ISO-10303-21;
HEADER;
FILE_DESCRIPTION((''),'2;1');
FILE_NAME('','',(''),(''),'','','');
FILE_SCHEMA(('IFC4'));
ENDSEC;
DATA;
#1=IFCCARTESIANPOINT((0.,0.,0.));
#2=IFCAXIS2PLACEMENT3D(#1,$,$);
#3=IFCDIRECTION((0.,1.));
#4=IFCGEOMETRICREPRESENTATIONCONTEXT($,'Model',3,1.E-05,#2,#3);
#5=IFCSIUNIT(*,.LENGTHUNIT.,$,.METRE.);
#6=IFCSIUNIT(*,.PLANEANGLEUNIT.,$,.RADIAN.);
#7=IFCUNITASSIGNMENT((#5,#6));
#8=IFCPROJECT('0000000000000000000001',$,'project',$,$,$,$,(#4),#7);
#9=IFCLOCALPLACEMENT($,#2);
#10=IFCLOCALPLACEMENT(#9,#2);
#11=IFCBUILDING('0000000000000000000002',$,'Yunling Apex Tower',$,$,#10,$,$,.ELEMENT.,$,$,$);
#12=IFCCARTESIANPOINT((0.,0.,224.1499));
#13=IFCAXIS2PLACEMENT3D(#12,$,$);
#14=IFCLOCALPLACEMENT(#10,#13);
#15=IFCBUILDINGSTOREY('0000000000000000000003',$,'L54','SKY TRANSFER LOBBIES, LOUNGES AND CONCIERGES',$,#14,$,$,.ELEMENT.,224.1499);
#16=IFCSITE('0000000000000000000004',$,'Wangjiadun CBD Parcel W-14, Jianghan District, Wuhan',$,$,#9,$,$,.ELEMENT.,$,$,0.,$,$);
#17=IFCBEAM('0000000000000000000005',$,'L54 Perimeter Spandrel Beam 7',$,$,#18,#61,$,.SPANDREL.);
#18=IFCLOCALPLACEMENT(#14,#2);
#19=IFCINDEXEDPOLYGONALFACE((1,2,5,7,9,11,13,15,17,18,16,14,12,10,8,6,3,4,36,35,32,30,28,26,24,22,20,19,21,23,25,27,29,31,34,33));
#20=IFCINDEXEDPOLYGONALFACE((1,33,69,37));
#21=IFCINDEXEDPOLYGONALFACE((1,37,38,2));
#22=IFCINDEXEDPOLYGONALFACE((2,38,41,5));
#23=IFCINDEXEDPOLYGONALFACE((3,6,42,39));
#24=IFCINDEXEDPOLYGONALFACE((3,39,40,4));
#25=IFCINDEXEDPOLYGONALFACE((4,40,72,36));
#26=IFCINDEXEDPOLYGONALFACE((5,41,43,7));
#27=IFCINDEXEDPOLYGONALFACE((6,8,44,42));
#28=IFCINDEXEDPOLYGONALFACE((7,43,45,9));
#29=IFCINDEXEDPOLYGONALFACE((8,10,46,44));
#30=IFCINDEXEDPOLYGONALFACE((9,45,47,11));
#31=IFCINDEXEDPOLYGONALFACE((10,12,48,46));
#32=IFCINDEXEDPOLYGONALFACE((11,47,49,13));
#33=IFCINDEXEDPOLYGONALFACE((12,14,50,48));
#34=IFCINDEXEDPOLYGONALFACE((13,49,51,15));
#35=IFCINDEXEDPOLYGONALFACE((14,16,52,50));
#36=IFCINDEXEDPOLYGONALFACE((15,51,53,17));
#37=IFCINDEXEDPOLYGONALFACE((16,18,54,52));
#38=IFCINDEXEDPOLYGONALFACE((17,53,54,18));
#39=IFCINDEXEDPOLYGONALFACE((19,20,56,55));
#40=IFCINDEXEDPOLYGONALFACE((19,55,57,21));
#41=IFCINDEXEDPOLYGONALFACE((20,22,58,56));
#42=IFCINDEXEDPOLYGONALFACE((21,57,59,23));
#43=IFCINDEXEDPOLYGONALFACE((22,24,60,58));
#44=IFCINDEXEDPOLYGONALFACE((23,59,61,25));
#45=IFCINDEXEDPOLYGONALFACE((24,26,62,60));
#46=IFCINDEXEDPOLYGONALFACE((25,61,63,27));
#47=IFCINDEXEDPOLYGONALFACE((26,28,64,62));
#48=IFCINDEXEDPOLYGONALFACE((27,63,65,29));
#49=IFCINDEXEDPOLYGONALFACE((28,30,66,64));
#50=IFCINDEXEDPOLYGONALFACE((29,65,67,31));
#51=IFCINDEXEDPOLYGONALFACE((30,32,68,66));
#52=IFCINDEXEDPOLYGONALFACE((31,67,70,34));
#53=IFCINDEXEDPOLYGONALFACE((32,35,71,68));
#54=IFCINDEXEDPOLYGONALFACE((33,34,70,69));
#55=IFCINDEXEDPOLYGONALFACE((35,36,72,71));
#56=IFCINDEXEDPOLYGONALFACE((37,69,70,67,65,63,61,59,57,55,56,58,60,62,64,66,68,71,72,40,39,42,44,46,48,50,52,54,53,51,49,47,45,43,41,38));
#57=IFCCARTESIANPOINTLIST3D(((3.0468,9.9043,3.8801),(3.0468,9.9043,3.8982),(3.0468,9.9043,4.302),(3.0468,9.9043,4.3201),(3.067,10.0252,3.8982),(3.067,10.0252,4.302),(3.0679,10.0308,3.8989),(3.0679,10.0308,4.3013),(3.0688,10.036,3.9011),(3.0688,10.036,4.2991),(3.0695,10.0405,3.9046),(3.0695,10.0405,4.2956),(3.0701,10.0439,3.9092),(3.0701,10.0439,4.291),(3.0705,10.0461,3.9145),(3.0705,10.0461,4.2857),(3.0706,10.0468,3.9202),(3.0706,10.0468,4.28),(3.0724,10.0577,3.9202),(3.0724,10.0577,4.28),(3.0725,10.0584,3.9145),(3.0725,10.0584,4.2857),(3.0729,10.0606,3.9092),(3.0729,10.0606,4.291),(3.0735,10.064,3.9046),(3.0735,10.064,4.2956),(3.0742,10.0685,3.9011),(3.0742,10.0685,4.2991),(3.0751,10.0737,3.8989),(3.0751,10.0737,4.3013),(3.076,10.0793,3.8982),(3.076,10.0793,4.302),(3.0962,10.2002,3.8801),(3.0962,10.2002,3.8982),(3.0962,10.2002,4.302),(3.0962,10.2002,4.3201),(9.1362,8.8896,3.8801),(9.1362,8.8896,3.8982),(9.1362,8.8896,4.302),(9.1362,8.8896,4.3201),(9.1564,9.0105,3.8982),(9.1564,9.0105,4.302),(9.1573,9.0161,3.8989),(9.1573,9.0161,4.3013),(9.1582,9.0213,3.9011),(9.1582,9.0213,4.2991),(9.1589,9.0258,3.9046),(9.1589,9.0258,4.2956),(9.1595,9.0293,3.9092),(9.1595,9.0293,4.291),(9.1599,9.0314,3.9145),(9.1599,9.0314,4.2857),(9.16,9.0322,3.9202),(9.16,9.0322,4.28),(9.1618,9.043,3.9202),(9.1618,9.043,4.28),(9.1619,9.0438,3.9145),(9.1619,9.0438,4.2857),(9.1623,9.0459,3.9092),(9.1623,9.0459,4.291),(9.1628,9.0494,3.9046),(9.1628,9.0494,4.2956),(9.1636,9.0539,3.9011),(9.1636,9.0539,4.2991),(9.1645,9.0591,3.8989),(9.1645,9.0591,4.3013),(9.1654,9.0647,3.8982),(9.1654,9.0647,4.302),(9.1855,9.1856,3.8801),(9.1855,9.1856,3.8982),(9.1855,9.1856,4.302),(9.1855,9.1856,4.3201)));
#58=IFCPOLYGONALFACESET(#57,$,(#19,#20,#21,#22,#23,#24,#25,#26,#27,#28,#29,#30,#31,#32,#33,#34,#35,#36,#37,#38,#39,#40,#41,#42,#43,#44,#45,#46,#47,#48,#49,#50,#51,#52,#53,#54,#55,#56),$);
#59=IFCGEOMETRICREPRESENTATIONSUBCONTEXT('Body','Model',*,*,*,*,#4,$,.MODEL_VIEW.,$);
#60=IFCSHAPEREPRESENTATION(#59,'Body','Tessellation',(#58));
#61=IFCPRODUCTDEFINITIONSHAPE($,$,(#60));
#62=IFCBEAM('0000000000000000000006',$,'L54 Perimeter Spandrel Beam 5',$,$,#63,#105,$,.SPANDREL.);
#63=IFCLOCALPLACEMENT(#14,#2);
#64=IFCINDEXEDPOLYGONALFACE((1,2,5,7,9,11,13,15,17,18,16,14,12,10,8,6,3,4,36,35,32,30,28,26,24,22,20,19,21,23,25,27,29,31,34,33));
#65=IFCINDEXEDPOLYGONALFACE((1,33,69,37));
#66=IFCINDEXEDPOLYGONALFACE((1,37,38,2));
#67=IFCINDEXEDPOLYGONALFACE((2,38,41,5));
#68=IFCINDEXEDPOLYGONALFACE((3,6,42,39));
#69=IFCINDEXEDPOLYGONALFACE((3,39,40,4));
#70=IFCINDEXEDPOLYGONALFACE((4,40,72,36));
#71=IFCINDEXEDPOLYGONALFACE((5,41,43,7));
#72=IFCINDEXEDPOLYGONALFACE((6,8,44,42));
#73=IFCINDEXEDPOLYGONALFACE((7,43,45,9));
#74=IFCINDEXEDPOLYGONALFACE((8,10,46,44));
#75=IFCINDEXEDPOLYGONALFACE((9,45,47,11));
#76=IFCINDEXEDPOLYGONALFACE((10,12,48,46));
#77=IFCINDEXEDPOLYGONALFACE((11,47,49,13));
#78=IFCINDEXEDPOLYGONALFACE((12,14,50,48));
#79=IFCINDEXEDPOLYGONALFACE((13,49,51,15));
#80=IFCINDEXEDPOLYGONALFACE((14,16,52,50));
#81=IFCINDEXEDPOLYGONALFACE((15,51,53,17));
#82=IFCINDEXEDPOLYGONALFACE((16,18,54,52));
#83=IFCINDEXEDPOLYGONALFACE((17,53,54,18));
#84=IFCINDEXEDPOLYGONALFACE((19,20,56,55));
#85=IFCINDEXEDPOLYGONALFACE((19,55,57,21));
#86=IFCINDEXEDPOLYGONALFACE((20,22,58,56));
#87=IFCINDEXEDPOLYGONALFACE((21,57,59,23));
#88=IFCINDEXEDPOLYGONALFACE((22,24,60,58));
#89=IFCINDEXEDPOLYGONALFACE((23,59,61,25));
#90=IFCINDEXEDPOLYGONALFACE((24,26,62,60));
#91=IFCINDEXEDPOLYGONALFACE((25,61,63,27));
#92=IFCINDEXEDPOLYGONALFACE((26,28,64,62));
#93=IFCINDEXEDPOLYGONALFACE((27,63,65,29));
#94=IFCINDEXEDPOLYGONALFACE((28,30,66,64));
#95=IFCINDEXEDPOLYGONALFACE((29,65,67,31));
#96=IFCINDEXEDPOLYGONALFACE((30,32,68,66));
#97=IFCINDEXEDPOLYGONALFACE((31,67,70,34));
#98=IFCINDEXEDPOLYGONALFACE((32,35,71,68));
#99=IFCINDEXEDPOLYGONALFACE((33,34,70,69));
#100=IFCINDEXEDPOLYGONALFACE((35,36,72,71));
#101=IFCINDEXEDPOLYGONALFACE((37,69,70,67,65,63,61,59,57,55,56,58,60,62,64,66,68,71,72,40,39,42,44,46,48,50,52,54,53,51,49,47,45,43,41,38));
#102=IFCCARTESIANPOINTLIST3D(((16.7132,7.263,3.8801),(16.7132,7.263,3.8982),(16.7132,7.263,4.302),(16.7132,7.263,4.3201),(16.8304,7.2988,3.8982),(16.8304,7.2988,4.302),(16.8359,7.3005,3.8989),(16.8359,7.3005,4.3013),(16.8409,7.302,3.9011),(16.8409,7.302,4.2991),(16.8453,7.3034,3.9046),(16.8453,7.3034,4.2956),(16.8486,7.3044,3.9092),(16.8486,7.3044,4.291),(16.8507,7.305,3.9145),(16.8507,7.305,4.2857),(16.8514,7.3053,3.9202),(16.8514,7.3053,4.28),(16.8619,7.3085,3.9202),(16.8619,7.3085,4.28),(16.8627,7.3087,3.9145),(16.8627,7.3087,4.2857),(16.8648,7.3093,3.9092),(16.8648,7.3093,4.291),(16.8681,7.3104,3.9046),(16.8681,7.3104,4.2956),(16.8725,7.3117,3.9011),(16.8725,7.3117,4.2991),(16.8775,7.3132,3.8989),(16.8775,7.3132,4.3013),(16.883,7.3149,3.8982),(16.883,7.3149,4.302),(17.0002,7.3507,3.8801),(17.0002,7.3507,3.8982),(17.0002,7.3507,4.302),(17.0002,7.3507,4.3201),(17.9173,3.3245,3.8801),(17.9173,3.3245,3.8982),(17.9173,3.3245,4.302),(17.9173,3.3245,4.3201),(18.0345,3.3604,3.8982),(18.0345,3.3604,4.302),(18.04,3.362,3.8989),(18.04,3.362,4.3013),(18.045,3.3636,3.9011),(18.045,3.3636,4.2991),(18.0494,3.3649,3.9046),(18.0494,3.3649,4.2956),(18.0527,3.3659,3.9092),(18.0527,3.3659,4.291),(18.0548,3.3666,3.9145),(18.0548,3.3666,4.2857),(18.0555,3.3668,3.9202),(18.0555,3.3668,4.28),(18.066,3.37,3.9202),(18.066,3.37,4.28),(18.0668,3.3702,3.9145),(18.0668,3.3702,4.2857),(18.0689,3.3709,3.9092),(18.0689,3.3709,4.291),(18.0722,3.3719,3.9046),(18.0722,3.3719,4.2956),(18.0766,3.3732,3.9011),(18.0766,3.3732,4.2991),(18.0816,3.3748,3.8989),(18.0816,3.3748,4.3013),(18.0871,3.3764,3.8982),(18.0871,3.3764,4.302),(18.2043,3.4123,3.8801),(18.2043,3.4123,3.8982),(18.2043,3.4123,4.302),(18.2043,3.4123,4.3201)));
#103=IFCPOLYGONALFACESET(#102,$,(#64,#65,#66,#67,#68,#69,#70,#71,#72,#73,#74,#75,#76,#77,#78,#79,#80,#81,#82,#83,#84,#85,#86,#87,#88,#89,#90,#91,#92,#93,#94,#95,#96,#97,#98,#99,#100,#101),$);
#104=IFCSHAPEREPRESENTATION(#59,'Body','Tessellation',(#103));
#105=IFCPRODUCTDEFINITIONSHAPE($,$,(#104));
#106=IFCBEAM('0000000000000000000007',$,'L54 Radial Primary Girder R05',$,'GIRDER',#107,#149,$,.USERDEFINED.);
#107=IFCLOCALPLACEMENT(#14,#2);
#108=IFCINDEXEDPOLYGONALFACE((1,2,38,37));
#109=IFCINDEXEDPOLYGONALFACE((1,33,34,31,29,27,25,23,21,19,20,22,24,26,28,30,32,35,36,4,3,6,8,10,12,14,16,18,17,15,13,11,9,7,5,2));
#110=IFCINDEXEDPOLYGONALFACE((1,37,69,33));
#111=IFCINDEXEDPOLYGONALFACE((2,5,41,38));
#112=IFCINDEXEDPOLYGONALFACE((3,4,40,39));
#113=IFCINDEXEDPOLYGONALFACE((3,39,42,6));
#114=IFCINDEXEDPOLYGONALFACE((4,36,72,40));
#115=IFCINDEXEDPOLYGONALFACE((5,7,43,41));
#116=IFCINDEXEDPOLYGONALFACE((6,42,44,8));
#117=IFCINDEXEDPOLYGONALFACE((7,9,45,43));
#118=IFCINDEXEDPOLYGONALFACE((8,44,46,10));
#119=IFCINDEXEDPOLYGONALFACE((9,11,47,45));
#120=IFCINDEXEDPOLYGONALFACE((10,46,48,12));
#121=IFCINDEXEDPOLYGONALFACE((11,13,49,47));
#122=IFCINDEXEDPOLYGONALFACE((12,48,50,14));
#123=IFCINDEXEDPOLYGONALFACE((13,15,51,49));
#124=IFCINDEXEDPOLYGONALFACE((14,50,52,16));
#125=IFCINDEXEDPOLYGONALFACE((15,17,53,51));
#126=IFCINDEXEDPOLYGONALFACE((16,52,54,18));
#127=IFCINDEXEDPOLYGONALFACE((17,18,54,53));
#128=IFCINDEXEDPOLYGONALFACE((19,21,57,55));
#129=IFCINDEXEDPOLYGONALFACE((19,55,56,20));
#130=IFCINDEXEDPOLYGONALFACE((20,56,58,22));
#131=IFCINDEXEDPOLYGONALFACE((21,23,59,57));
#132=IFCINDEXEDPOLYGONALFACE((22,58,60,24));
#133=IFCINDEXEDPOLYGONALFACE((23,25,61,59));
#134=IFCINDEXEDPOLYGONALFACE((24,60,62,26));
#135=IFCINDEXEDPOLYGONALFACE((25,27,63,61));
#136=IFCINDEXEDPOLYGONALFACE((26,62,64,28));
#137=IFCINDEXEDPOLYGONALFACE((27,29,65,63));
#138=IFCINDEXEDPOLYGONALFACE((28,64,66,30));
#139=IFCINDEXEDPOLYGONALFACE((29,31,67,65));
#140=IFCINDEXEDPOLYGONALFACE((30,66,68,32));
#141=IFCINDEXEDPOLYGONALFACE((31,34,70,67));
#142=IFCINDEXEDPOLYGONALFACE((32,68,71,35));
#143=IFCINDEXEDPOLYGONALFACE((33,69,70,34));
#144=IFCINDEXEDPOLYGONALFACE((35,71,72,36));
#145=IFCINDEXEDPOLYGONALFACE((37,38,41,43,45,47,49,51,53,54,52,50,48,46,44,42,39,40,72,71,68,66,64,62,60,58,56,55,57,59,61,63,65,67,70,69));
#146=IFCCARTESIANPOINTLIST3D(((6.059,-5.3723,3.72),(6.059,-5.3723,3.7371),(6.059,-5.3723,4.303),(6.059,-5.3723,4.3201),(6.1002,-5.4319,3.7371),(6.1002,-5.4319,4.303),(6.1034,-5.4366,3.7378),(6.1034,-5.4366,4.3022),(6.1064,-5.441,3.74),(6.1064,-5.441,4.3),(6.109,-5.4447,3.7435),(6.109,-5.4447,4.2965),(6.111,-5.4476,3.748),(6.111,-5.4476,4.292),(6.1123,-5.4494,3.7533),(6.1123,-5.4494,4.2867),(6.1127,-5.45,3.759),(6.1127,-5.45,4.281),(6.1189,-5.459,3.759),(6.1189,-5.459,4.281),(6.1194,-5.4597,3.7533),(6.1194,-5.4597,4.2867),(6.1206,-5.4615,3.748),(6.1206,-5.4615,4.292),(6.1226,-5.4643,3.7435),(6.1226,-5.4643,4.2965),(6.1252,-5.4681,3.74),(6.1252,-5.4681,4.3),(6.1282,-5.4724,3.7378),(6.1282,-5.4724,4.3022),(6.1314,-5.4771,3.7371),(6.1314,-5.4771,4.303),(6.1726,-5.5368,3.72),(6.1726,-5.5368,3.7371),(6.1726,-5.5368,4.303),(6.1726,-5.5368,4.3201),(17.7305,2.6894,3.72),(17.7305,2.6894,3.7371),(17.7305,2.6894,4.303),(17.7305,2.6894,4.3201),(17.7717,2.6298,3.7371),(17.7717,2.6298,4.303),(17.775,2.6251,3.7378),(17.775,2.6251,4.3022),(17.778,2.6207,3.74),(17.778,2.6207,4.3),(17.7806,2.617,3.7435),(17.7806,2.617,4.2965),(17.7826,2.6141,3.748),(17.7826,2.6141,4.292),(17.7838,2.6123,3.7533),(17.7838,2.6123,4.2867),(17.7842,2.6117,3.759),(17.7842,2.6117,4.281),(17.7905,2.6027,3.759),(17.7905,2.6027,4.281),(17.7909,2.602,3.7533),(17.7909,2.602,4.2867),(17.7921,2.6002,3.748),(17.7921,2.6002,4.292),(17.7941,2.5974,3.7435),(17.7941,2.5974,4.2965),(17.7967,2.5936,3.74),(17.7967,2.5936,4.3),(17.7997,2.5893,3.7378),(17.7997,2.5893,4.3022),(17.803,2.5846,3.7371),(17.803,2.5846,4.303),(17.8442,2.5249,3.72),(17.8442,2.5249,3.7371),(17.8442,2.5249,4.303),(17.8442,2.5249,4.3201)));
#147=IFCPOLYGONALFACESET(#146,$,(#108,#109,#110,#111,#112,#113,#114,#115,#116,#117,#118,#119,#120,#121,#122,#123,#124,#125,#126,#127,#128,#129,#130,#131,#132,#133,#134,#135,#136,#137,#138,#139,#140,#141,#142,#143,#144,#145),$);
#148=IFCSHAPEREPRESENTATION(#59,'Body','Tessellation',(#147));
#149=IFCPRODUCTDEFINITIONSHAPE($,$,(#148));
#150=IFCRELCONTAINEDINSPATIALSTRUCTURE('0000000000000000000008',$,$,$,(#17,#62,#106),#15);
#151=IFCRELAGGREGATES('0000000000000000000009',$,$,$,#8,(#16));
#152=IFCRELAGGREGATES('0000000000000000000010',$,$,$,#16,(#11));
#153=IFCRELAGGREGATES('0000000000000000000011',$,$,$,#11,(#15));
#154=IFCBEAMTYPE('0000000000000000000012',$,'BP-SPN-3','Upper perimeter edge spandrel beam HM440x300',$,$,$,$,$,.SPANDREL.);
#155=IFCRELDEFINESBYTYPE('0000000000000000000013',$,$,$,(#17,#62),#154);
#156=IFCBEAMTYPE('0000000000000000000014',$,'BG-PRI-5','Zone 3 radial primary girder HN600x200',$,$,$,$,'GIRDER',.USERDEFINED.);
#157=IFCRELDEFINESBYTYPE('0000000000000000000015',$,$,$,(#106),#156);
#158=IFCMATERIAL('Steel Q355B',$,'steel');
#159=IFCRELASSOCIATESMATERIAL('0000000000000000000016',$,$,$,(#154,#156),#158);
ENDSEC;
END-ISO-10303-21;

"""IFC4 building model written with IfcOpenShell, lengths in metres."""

from ifc_helpers import new_model, si_unit, direction, frame, origin, origin_2d, place, context, subcontext, project, spatial, i_section, extrude, source, transform, mapped, material, material_profile, profile_set, type_object, element, save


model = new_model("IFC4")

# Units and contexts
model_context = context("Model", 3, precision=1e-05, world=origin(), true_north=direction((0.0, 1.0)))
body_context = subcontext(model_context, "Body", "Model", "MODEL_VIEW")
ifc_project = project(units=[si_unit("LENGTHUNIT", "METRE"), si_unit("PLANEANGLEUNIT", "RADIAN")], contexts=[model_context])

# Site, building, storey
site_placement = place(None, origin())
site = spatial("IfcSite", under=ifc_project, at=site_placement, Name="Wangjiadun CBD Parcel W-14, Jianghan District, Wuhan", CompositionType="ELEMENT", RefElevation=0.0)
building_placement = place(site_placement, origin())
building = spatial("IfcBuilding", under=site, at=building_placement, Name="Yunling Apex Tower", CompositionType="ELEMENT")
storey_placement = place(building_placement, frame((0.0, 0.0, 224.1499)))
storey = spatial("IfcBuildingStorey", under=building, at=storey_placement, Name="L54", Description="SKY TRANSFER LOBBIES, LOUNGES AND CONCIERGES", CompositionType="ELEMENT", Elevation=224.1499)

# Beams
ifc_material_1 = material(Name="Steel Q355B", Category="steel")
ifc_material_profile_1 = material_profile(ifc_material_1, i_section(OverallWidth=0.3, OverallDepth=0.4399, WebThickness=0.011, FlangeThickness=0.0181, FilletRadius=0.022, at=origin_2d()))
ifc_profile_set_1 = profile_set([ifc_material_profile_1], Name="Steel Q355B")
beam_type_1 = type_object("IfcBeamType", Name="BP-SPN-3", Description="Upper perimeter edge spandrel beam HM440x300", PredefinedType="SPANDREL", material=ifc_profile_set_1)
shared_shape_1 = source(origin(), body_context, "Body", "SweptSolid", [
    extrude(i_section(OverallWidth=0.3, OverallDepth=0.4399, WebThickness=0.011, FlangeThickness=0.0181, FilletRadius=0.022, at=origin_2d()), origin(), (0.0, 0.0, 1.0), 6.1733),
])
for number, where, z_axis, x_axis, name in (
    (1, (9.1609, 9.0376, 4.1001), (-0.9864, 0.164361, 0.0), (-0.164361, -0.9864, 0.0), "L54 Perimeter Spandrel Beam 7"),
):
    element("IfcBeam", number, at=place(storey_placement, frame(where, z_axis=z_axis, x_axis=x_axis)), inside=storey, type_object=beam_type_1, Name=name, PredefinedType="SPANDREL", context=body_context, shape_type="MappedRepresentation", body=[
        mapped(shared_shape_1, transform((0.0, 0.0, 0.0), scale=1.0)),
    ])
shared_shape_2 = source(origin(), body_context, "Body", "SweptSolid", [
    extrude(i_section(OverallWidth=0.3, OverallDepth=0.4399, WebThickness=0.011, FlangeThickness=0.0181, FilletRadius=0.022, at=origin_2d()), origin(), (0.0, 0.0, 1.0), 4.1184),
])
beam_1_placement = place(storey_placement, frame((18.0608, 3.3684, 4.1001), z_axis=(-0.292369, 0.956306, 0.0), x_axis=(-0.956306, -0.292369, 0.0)))
element("IfcBeam", 2, at=beam_1_placement, inside=storey, type_object=beam_type_1, Name="L54 Perimeter Spandrel Beam 5", PredefinedType="SPANDREL", context=body_context, shape_type="MappedRepresentation", body=[
    mapped(shared_shape_2, transform((0.0, 0.0, 0.0), scale=1.0)),
])
ifc_material_profile_2 = material_profile(ifc_material_1, i_section(OverallWidth=0.2, OverallDepth=0.6001, WebThickness=0.011, FlangeThickness=0.0171, FilletRadius=0.022, at=origin_2d()))
ifc_profile_set_2 = profile_set([ifc_material_profile_2], Name="Steel Q355B")
beam_type_2 = type_object("IfcBeamType", Name="BG-PRI-5", Description="Zone 3 radial primary girder HN600x200", ElementType="GIRDER", PredefinedType="USERDEFINED", material=ifc_profile_set_2)
shared_shape_3 = source(origin(), body_context, "Body", "SweptSolid", [
    extrude(i_section(OverallWidth=0.2, OverallDepth=0.6001, WebThickness=0.011, FlangeThickness=0.0171, FilletRadius=0.022, at=origin_2d()), origin(), (0.0, 0.0, 1.0), 14.1851),
])
beam_2_placement = place(storey_placement, frame((17.7874, 2.6072, 4.02), z_axis=(-0.822805, -0.568324, 0.0), x_axis=(0.568324, -0.822805, 0.0)))
element("IfcBeam", 3, at=beam_2_placement, inside=storey, type_object=beam_type_2, Name="L54 Radial Primary Girder R05", ObjectType="GIRDER", PredefinedType="USERDEFINED", context=body_context, shape_type="MappedRepresentation", body=[
    mapped(shared_shape_3, transform((0.0, 0.0, 0.0), scale=1.0)),
])

save(model, "model.ifc")
